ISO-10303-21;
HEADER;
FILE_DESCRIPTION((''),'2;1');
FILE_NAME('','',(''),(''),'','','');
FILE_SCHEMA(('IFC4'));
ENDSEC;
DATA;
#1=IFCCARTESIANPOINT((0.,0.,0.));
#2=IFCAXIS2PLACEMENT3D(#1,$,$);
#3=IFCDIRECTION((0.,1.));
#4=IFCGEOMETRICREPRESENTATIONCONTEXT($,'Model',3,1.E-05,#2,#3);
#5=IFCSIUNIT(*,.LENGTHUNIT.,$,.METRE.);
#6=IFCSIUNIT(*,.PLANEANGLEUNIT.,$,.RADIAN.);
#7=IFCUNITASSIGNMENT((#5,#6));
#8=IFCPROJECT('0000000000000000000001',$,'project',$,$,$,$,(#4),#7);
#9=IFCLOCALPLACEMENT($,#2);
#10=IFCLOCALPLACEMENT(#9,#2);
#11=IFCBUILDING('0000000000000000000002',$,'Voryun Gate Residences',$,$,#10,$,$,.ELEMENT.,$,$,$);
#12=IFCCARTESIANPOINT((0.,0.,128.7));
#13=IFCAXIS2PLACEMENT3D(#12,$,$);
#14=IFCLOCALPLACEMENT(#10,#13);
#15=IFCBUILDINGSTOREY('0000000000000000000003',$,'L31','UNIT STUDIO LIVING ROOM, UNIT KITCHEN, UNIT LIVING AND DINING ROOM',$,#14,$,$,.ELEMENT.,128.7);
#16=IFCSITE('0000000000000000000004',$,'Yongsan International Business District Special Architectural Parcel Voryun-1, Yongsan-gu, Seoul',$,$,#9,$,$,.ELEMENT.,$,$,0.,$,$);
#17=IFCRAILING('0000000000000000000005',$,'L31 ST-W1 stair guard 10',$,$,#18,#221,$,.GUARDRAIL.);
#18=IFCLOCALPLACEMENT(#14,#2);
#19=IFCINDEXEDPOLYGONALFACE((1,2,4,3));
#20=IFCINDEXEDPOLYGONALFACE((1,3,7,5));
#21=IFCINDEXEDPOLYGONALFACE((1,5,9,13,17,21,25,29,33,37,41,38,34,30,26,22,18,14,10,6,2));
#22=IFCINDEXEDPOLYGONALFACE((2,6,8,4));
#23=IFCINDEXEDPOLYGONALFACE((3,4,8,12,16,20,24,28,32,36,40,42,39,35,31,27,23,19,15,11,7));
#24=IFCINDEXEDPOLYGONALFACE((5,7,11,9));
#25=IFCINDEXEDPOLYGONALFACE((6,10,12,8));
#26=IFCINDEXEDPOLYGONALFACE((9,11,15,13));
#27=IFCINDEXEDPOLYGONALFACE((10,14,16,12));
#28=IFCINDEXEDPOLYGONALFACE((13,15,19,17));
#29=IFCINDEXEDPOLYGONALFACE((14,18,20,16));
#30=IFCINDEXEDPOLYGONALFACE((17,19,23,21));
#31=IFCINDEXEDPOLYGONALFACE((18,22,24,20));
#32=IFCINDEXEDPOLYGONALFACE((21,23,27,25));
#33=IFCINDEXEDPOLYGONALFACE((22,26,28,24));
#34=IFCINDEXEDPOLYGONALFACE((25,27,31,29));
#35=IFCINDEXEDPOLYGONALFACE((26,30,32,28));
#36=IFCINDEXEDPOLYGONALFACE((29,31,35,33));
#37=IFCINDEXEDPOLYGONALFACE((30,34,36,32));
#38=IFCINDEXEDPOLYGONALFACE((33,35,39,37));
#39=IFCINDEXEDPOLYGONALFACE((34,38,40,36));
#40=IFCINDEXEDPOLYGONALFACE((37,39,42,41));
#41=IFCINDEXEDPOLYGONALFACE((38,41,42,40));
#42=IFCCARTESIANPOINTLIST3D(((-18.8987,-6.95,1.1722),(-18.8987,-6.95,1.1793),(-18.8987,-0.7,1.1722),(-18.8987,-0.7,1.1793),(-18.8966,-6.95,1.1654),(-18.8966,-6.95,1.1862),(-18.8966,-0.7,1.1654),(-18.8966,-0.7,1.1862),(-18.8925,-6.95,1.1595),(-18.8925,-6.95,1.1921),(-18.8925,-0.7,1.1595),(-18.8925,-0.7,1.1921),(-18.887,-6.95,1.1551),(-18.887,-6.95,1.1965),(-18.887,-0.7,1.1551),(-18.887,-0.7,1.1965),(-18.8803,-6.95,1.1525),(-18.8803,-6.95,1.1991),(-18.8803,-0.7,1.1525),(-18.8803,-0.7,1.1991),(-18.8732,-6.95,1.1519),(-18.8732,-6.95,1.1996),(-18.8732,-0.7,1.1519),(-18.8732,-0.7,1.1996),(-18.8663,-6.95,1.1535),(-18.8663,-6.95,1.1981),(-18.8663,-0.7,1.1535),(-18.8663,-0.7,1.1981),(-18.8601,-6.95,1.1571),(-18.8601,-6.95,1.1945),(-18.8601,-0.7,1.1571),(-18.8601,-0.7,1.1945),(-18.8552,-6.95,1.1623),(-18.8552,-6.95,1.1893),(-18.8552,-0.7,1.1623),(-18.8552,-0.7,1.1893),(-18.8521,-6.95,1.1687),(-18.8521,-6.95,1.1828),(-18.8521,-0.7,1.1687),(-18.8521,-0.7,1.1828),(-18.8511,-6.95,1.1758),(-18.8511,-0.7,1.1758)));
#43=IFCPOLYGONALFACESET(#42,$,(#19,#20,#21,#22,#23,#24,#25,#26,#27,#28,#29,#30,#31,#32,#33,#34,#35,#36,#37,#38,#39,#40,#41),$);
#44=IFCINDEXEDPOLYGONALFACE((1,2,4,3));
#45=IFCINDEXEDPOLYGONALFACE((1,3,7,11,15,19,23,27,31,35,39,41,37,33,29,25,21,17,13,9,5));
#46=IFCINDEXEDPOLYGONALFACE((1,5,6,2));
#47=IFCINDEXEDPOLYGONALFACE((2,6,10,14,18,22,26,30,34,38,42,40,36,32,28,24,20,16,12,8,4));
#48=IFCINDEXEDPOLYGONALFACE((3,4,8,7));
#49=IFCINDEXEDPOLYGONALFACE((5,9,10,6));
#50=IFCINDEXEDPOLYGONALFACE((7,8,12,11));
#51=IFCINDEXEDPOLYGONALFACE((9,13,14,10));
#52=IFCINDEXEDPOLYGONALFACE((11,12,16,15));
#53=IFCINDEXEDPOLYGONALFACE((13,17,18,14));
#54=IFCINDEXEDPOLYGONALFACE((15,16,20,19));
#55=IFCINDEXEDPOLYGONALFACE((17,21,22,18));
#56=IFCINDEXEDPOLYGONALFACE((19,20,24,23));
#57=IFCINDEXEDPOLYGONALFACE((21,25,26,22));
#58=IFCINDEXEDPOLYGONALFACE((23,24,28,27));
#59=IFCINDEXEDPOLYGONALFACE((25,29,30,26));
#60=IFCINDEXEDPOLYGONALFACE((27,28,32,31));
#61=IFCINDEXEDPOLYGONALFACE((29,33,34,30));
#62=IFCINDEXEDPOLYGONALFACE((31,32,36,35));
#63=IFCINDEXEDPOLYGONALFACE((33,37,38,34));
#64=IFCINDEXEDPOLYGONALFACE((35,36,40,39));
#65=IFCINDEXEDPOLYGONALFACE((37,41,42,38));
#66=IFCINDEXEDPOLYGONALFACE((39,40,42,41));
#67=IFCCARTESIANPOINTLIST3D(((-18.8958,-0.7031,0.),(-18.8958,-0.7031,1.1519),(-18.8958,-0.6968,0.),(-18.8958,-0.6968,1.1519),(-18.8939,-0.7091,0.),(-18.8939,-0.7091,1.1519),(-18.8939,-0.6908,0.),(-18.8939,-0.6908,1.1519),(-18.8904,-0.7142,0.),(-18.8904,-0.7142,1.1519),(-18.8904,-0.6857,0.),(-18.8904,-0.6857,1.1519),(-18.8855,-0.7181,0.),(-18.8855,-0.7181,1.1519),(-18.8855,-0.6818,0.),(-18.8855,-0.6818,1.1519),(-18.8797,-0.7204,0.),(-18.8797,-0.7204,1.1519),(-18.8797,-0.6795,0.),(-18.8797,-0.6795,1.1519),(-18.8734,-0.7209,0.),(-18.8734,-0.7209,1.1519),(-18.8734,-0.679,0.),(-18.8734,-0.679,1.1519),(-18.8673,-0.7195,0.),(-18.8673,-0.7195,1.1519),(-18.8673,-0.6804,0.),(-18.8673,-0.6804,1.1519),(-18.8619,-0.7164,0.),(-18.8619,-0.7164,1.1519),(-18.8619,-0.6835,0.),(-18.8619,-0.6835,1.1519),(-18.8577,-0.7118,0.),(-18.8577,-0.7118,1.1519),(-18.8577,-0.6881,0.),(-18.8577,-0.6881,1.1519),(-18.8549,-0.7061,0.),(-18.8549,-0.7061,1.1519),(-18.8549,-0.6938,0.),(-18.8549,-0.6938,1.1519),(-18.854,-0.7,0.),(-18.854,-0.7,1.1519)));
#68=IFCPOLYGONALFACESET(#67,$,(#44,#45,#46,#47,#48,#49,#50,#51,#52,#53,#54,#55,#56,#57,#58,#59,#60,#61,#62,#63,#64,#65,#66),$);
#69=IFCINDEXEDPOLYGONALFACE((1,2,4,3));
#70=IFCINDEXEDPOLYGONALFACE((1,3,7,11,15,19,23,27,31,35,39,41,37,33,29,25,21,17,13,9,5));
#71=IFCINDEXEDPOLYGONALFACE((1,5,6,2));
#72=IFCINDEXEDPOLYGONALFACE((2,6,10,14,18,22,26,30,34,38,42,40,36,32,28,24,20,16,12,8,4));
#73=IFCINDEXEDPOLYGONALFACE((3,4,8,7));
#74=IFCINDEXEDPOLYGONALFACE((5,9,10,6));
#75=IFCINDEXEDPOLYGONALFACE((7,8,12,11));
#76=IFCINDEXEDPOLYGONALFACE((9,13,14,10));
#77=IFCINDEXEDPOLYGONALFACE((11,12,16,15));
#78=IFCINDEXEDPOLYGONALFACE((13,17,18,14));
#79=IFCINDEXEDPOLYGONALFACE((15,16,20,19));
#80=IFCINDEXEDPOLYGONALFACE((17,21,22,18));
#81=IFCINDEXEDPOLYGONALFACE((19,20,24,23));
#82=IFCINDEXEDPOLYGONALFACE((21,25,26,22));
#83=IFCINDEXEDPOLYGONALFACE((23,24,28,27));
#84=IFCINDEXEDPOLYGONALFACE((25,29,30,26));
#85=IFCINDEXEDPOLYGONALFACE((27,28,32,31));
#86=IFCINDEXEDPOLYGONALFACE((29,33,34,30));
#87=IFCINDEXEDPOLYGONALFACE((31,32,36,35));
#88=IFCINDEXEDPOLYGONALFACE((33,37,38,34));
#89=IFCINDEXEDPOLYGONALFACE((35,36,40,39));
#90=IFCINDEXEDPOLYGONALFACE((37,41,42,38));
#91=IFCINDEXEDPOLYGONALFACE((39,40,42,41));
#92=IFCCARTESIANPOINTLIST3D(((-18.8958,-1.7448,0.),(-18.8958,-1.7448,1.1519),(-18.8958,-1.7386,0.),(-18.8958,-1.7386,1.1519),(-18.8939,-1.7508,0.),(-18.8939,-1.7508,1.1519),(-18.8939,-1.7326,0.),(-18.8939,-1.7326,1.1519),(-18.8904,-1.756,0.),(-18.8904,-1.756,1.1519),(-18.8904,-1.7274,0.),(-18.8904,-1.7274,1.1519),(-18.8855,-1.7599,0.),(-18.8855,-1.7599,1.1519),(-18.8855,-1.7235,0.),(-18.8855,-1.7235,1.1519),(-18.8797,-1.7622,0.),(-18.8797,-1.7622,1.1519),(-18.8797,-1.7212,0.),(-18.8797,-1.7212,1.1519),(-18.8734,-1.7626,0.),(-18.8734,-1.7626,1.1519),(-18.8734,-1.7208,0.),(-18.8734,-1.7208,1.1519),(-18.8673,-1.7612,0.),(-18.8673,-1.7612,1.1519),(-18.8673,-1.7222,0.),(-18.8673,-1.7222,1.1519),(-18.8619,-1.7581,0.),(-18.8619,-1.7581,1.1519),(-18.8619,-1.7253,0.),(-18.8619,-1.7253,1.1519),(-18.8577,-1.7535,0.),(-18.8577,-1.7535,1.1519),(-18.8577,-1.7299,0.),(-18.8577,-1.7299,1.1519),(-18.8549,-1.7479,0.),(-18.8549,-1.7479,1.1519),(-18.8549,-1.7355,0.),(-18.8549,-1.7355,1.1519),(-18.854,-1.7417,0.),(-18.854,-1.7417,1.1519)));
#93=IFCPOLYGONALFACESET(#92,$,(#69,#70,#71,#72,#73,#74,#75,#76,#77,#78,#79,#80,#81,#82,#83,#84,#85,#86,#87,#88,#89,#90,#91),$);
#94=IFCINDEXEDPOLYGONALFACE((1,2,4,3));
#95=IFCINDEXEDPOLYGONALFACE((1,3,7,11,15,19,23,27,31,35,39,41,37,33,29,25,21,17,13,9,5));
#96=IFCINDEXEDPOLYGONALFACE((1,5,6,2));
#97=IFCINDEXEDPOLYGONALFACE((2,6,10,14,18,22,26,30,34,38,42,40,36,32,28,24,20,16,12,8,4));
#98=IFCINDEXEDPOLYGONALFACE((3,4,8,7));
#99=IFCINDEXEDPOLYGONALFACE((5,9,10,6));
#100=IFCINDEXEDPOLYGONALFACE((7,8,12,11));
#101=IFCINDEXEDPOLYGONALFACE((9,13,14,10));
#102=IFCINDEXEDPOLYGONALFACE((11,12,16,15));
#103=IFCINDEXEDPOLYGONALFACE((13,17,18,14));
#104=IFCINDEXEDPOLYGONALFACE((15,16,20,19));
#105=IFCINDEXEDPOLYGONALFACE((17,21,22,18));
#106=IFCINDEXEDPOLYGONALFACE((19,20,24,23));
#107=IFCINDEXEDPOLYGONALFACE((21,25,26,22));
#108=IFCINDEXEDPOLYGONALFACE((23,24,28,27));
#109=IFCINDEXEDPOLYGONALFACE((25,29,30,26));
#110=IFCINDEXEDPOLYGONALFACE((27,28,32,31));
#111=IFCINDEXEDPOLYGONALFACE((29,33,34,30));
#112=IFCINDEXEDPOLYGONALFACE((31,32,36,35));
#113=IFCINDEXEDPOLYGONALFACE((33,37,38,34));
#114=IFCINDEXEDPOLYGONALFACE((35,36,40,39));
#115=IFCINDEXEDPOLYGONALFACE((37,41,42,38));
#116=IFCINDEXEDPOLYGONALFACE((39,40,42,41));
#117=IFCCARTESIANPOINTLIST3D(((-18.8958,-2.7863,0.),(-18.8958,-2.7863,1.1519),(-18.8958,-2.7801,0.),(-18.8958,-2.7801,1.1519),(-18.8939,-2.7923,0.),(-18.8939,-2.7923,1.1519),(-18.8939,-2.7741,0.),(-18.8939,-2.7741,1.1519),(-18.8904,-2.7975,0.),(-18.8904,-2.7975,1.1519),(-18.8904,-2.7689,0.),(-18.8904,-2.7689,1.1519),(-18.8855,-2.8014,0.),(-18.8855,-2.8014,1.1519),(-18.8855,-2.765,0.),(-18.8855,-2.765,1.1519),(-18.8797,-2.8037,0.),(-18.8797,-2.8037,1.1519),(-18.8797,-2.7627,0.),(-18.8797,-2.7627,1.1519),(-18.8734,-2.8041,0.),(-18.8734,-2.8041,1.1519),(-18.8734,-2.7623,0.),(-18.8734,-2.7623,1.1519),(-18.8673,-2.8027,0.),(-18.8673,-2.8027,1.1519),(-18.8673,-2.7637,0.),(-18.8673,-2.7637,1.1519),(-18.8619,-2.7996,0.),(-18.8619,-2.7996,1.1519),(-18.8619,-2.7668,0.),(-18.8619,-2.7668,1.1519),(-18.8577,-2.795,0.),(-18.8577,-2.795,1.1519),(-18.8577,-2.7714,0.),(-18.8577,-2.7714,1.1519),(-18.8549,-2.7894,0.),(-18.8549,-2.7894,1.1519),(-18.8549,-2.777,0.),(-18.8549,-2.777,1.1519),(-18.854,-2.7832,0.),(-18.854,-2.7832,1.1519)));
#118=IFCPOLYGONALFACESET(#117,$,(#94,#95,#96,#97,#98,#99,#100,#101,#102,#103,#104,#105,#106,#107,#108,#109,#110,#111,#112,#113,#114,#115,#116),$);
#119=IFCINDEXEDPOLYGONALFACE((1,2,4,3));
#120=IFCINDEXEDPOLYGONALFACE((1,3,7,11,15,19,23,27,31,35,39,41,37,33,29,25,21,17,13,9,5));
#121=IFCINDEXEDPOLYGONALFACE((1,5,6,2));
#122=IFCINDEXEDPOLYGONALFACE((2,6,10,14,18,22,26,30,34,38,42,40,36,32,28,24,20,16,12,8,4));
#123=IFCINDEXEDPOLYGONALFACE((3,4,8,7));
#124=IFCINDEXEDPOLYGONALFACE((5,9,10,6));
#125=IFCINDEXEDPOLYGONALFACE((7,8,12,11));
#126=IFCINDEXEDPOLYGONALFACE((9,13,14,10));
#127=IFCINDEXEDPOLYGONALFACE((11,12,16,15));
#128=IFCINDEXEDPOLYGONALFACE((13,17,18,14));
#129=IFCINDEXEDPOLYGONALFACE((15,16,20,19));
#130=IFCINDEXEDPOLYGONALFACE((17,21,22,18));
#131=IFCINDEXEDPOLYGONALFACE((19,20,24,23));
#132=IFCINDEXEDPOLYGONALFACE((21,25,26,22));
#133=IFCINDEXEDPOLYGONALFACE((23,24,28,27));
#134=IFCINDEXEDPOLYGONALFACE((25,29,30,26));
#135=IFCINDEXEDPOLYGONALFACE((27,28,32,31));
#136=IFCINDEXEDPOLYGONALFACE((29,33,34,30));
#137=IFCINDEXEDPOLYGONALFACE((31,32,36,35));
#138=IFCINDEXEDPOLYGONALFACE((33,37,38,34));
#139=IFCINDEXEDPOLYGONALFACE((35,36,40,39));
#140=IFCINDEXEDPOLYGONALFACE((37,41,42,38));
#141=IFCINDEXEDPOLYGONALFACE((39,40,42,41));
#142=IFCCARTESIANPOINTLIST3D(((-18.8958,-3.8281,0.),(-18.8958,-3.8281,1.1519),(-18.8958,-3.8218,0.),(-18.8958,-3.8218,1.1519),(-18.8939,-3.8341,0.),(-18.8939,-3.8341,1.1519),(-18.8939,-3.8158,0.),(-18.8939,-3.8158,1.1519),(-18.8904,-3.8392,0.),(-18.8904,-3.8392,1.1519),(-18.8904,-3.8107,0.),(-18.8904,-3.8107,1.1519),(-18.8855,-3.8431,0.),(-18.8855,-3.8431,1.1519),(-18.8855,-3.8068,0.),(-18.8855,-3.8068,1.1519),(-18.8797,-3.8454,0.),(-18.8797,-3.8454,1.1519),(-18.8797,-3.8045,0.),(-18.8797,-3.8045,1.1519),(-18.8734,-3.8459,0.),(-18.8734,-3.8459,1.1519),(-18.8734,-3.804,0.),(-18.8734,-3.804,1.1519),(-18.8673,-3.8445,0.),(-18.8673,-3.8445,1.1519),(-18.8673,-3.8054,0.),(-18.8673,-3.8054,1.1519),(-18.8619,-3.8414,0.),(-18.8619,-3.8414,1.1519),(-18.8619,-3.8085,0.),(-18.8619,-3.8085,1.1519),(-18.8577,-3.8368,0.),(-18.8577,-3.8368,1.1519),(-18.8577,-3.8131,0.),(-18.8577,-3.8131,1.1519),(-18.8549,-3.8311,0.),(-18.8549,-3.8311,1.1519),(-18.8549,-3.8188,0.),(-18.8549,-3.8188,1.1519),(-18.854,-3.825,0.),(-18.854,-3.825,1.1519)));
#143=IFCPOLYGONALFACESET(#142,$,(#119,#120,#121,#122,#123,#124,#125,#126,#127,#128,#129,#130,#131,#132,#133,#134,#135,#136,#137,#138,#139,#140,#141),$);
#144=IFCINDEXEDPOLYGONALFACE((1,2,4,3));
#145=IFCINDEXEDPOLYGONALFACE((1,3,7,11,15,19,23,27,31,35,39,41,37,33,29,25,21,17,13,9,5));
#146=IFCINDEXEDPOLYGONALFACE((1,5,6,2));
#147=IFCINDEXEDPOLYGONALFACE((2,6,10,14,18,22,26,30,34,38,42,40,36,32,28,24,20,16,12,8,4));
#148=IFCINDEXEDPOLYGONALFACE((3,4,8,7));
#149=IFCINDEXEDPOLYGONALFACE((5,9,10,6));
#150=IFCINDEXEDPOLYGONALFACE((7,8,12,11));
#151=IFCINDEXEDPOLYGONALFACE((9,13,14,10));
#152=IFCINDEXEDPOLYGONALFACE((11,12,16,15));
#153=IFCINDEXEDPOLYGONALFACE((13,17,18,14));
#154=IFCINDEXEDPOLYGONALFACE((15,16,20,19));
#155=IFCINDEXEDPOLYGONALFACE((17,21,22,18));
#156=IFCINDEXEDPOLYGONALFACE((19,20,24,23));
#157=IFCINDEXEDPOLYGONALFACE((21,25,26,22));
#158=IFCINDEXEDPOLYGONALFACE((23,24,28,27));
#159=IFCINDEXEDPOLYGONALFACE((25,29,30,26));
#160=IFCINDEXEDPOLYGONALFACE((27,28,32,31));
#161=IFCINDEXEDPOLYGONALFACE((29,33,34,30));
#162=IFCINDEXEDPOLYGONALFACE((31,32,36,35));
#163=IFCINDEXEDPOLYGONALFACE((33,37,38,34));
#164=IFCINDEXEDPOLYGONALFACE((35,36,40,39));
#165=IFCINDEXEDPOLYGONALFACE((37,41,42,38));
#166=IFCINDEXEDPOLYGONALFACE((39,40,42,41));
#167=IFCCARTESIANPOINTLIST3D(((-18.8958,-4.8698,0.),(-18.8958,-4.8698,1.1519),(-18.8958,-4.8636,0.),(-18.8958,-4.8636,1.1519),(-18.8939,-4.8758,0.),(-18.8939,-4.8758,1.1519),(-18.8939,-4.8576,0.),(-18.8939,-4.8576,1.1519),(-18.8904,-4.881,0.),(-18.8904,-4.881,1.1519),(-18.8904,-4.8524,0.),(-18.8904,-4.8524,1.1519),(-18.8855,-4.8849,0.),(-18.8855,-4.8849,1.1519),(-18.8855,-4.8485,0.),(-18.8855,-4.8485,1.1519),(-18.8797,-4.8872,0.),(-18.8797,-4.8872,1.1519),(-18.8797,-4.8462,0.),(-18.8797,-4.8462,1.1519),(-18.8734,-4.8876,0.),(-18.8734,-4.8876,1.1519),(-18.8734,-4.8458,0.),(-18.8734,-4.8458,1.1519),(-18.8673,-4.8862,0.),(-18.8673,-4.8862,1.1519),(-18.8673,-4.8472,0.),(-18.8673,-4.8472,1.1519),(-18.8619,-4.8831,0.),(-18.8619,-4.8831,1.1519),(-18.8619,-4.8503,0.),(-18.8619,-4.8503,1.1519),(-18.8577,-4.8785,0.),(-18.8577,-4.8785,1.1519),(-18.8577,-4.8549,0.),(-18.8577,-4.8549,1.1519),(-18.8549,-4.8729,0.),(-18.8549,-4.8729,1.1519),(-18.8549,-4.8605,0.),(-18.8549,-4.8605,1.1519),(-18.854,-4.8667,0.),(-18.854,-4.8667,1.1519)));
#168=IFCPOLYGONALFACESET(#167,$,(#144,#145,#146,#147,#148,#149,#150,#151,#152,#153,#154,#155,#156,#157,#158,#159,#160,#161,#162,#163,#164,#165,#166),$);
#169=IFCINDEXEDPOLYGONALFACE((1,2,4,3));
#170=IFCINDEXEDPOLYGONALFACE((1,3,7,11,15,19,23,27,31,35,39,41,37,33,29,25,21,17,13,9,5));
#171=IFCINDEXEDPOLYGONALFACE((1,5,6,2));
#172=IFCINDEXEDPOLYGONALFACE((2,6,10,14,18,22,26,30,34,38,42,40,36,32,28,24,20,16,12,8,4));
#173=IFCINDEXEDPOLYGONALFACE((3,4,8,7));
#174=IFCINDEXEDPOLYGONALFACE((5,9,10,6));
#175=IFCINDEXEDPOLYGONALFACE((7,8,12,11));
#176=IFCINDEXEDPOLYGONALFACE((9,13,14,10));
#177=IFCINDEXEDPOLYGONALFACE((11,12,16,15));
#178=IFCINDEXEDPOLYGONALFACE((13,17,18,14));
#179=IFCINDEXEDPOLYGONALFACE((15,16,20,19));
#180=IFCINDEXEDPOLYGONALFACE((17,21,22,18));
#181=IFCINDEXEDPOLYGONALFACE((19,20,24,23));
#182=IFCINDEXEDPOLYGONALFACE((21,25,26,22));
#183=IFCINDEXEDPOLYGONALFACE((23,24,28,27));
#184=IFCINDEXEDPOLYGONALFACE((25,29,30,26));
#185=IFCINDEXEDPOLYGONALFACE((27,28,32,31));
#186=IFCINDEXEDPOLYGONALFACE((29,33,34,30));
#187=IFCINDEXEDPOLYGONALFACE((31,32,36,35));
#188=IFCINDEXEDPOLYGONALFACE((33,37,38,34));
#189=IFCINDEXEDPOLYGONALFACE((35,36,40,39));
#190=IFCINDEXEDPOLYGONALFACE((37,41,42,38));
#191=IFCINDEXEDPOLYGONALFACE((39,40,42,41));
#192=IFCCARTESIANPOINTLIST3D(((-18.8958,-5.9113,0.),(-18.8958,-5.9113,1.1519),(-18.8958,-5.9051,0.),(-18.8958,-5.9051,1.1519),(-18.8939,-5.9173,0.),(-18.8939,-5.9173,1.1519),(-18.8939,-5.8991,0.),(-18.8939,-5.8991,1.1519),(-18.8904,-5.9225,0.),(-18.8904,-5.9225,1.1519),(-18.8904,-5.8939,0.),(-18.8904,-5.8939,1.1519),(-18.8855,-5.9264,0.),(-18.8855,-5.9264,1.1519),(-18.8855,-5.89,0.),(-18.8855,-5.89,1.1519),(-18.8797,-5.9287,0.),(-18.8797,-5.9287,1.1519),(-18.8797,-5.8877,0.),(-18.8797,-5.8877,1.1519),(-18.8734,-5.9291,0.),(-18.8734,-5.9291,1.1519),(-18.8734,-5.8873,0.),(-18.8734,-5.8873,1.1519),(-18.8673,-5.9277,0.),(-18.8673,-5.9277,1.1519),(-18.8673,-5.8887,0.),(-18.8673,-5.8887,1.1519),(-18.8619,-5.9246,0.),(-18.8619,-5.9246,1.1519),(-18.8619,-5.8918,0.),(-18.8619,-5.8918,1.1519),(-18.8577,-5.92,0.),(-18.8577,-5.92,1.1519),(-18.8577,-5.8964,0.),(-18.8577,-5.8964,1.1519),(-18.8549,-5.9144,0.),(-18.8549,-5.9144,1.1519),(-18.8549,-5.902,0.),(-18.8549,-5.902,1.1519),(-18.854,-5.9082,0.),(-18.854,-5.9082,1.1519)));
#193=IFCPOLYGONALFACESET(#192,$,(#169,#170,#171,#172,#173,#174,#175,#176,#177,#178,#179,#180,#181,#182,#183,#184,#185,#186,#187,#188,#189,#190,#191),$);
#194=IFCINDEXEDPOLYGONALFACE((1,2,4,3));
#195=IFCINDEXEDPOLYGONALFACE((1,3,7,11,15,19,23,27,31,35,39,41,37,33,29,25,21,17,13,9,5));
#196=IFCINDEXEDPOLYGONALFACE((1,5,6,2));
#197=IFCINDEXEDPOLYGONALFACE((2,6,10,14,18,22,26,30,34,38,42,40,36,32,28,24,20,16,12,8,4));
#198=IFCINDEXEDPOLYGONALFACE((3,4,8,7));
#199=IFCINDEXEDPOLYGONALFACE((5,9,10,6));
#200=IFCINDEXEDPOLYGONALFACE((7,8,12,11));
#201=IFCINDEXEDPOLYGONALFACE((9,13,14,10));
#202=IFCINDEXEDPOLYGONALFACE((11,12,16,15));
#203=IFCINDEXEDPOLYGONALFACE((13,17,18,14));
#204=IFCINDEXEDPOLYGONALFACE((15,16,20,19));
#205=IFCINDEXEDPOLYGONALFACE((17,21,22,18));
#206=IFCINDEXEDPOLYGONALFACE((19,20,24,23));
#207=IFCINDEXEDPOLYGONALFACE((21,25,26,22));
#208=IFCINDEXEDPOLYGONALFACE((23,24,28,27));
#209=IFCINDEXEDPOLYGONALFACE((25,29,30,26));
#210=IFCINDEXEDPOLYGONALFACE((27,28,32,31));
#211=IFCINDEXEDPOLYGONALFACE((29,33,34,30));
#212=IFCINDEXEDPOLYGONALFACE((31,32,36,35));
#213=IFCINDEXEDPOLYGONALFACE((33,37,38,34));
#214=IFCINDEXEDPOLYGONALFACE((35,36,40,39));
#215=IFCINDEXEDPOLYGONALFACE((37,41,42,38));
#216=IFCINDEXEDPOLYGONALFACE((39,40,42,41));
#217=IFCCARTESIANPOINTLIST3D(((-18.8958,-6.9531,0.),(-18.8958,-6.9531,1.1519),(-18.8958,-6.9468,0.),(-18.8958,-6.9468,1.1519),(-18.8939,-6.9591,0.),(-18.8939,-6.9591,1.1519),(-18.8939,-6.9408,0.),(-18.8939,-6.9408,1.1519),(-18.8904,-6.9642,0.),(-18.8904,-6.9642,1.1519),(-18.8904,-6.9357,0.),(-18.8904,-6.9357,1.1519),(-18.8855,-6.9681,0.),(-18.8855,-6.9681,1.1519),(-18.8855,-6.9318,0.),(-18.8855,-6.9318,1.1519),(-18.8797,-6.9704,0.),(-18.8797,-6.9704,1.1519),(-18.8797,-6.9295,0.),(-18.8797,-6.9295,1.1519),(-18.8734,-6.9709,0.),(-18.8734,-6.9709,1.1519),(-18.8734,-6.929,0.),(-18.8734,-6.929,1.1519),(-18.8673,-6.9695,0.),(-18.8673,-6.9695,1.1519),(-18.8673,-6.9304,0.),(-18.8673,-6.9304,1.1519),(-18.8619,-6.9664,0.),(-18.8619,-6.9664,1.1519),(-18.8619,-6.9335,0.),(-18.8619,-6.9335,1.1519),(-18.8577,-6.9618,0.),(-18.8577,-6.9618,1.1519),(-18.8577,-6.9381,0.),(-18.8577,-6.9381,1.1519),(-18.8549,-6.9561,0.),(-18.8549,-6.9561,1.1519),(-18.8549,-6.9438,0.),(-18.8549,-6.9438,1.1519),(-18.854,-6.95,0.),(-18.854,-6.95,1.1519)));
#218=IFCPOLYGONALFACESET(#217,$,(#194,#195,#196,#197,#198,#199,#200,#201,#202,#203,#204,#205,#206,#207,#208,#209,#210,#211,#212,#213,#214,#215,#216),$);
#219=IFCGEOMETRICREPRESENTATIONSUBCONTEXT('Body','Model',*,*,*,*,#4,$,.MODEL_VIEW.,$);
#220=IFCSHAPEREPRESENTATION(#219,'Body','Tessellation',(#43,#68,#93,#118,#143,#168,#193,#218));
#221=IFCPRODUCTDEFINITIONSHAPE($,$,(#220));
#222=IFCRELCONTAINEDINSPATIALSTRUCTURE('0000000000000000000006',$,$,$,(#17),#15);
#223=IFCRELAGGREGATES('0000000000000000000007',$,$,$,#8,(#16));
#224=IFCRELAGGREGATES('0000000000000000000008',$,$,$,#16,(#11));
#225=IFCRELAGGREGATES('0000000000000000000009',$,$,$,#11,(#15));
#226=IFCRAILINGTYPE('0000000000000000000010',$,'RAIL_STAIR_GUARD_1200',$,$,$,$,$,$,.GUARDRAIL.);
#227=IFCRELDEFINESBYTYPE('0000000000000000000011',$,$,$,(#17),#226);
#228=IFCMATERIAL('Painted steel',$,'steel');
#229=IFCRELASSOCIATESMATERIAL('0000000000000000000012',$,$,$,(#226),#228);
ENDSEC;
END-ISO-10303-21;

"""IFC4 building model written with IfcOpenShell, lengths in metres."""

from ifc_helpers import new_model, si_unit, direction, frame, origin, origin_2d, place, context, subcontext, project, spatial, circle, extrude, material, type_object, element, save


model = new_model("IFC4")

# Units and contexts
model_context = context("Model", 3, precision=1e-05, world=origin(), true_north=direction((0.0, 1.0)))
body_context = subcontext(model_context, "Body", "Model", "MODEL_VIEW")
ifc_project = project(units=[si_unit("LENGTHUNIT", "METRE"), si_unit("PLANEANGLEUNIT", "RADIAN")], contexts=[model_context])

# Site, building, storey
site_placement = place(None, origin())
site = spatial("IfcSite", under=ifc_project, at=site_placement, Name="Yongsan International Business District Special Architectural Parcel Voryun-1, Yongsan-gu, Seoul", CompositionType="ELEMENT", RefElevation=0.0)
building_placement = place(site_placement, origin())
building = spatial("IfcBuilding", under=site, at=building_placement, Name="Voryun Gate Residences", CompositionType="ELEMENT")
storey_placement = place(building_placement, frame((0.0, 0.0, 128.7)))
storey = spatial("IfcBuildingStorey", under=building, at=storey_placement, Name="L31", Description="UNIT STUDIO LIVING ROOM, UNIT KITCHEN, UNIT LIVING AND DINING ROOM", CompositionType="ELEMENT", Elevation=128.7)

# Railing
ifc_material_1 = material(Name="Painted steel", Category="steel")
railing_type = type_object("IfcRailingType", Name="RAIL_STAIR_GUARD_1200", PredefinedType="GUARDRAIL", material=ifc_material_1)
railing_placement = place(storey_placement, frame((-18.875, -0.7, 0.0)))
element("IfcRailing", 1, at=railing_placement, inside=storey, type_object=railing_type, Name="L31 ST-W1 stair guard 10", PredefinedType="GUARDRAIL", context=body_context, shape_type="SweptSolid", body=[
    extrude(circle(Radius=0.0239, at=origin_2d()), frame((0.0, 0.0, 1.1758), z_axis=(0.0, -1.0, 0.0), x_axis=(1.0, 0.0, 0.0)), (0.0, 0.0, 1.0), 6.25),
    extrude(circle(Radius=0.021, at=origin_2d()), origin(), (0.0, 0.0, 1.0), 1.1519),
    extrude(circle(Radius=0.021, at=origin_2d()), frame((0.0, -1.0417, 0.0)), (0.0, 0.0, 1.0), 1.1519),
    extrude(circle(Radius=0.021, at=origin_2d()), frame((0.0, -2.0833, 0.0)), (0.0, 0.0, 1.0), 1.1519),
    extrude(circle(Radius=0.021, at=origin_2d()), frame((0.0, -3.125, 0.0)), (0.0, 0.0, 1.0), 1.1519),
    extrude(circle(Radius=0.021, at=origin_2d()), frame((0.0, -4.1667, 0.0)), (0.0, 0.0, 1.0), 1.1519),
    extrude(circle(Radius=0.021, at=origin_2d()), frame((0.0, -5.2083, 0.0)), (0.0, 0.0, 1.0), 1.1519),
    extrude(circle(Radius=0.021, at=origin_2d()), frame((0.0, -6.25, 0.0)), (0.0, 0.0, 1.0), 1.1519),
])

save(model, "model.ifc")
